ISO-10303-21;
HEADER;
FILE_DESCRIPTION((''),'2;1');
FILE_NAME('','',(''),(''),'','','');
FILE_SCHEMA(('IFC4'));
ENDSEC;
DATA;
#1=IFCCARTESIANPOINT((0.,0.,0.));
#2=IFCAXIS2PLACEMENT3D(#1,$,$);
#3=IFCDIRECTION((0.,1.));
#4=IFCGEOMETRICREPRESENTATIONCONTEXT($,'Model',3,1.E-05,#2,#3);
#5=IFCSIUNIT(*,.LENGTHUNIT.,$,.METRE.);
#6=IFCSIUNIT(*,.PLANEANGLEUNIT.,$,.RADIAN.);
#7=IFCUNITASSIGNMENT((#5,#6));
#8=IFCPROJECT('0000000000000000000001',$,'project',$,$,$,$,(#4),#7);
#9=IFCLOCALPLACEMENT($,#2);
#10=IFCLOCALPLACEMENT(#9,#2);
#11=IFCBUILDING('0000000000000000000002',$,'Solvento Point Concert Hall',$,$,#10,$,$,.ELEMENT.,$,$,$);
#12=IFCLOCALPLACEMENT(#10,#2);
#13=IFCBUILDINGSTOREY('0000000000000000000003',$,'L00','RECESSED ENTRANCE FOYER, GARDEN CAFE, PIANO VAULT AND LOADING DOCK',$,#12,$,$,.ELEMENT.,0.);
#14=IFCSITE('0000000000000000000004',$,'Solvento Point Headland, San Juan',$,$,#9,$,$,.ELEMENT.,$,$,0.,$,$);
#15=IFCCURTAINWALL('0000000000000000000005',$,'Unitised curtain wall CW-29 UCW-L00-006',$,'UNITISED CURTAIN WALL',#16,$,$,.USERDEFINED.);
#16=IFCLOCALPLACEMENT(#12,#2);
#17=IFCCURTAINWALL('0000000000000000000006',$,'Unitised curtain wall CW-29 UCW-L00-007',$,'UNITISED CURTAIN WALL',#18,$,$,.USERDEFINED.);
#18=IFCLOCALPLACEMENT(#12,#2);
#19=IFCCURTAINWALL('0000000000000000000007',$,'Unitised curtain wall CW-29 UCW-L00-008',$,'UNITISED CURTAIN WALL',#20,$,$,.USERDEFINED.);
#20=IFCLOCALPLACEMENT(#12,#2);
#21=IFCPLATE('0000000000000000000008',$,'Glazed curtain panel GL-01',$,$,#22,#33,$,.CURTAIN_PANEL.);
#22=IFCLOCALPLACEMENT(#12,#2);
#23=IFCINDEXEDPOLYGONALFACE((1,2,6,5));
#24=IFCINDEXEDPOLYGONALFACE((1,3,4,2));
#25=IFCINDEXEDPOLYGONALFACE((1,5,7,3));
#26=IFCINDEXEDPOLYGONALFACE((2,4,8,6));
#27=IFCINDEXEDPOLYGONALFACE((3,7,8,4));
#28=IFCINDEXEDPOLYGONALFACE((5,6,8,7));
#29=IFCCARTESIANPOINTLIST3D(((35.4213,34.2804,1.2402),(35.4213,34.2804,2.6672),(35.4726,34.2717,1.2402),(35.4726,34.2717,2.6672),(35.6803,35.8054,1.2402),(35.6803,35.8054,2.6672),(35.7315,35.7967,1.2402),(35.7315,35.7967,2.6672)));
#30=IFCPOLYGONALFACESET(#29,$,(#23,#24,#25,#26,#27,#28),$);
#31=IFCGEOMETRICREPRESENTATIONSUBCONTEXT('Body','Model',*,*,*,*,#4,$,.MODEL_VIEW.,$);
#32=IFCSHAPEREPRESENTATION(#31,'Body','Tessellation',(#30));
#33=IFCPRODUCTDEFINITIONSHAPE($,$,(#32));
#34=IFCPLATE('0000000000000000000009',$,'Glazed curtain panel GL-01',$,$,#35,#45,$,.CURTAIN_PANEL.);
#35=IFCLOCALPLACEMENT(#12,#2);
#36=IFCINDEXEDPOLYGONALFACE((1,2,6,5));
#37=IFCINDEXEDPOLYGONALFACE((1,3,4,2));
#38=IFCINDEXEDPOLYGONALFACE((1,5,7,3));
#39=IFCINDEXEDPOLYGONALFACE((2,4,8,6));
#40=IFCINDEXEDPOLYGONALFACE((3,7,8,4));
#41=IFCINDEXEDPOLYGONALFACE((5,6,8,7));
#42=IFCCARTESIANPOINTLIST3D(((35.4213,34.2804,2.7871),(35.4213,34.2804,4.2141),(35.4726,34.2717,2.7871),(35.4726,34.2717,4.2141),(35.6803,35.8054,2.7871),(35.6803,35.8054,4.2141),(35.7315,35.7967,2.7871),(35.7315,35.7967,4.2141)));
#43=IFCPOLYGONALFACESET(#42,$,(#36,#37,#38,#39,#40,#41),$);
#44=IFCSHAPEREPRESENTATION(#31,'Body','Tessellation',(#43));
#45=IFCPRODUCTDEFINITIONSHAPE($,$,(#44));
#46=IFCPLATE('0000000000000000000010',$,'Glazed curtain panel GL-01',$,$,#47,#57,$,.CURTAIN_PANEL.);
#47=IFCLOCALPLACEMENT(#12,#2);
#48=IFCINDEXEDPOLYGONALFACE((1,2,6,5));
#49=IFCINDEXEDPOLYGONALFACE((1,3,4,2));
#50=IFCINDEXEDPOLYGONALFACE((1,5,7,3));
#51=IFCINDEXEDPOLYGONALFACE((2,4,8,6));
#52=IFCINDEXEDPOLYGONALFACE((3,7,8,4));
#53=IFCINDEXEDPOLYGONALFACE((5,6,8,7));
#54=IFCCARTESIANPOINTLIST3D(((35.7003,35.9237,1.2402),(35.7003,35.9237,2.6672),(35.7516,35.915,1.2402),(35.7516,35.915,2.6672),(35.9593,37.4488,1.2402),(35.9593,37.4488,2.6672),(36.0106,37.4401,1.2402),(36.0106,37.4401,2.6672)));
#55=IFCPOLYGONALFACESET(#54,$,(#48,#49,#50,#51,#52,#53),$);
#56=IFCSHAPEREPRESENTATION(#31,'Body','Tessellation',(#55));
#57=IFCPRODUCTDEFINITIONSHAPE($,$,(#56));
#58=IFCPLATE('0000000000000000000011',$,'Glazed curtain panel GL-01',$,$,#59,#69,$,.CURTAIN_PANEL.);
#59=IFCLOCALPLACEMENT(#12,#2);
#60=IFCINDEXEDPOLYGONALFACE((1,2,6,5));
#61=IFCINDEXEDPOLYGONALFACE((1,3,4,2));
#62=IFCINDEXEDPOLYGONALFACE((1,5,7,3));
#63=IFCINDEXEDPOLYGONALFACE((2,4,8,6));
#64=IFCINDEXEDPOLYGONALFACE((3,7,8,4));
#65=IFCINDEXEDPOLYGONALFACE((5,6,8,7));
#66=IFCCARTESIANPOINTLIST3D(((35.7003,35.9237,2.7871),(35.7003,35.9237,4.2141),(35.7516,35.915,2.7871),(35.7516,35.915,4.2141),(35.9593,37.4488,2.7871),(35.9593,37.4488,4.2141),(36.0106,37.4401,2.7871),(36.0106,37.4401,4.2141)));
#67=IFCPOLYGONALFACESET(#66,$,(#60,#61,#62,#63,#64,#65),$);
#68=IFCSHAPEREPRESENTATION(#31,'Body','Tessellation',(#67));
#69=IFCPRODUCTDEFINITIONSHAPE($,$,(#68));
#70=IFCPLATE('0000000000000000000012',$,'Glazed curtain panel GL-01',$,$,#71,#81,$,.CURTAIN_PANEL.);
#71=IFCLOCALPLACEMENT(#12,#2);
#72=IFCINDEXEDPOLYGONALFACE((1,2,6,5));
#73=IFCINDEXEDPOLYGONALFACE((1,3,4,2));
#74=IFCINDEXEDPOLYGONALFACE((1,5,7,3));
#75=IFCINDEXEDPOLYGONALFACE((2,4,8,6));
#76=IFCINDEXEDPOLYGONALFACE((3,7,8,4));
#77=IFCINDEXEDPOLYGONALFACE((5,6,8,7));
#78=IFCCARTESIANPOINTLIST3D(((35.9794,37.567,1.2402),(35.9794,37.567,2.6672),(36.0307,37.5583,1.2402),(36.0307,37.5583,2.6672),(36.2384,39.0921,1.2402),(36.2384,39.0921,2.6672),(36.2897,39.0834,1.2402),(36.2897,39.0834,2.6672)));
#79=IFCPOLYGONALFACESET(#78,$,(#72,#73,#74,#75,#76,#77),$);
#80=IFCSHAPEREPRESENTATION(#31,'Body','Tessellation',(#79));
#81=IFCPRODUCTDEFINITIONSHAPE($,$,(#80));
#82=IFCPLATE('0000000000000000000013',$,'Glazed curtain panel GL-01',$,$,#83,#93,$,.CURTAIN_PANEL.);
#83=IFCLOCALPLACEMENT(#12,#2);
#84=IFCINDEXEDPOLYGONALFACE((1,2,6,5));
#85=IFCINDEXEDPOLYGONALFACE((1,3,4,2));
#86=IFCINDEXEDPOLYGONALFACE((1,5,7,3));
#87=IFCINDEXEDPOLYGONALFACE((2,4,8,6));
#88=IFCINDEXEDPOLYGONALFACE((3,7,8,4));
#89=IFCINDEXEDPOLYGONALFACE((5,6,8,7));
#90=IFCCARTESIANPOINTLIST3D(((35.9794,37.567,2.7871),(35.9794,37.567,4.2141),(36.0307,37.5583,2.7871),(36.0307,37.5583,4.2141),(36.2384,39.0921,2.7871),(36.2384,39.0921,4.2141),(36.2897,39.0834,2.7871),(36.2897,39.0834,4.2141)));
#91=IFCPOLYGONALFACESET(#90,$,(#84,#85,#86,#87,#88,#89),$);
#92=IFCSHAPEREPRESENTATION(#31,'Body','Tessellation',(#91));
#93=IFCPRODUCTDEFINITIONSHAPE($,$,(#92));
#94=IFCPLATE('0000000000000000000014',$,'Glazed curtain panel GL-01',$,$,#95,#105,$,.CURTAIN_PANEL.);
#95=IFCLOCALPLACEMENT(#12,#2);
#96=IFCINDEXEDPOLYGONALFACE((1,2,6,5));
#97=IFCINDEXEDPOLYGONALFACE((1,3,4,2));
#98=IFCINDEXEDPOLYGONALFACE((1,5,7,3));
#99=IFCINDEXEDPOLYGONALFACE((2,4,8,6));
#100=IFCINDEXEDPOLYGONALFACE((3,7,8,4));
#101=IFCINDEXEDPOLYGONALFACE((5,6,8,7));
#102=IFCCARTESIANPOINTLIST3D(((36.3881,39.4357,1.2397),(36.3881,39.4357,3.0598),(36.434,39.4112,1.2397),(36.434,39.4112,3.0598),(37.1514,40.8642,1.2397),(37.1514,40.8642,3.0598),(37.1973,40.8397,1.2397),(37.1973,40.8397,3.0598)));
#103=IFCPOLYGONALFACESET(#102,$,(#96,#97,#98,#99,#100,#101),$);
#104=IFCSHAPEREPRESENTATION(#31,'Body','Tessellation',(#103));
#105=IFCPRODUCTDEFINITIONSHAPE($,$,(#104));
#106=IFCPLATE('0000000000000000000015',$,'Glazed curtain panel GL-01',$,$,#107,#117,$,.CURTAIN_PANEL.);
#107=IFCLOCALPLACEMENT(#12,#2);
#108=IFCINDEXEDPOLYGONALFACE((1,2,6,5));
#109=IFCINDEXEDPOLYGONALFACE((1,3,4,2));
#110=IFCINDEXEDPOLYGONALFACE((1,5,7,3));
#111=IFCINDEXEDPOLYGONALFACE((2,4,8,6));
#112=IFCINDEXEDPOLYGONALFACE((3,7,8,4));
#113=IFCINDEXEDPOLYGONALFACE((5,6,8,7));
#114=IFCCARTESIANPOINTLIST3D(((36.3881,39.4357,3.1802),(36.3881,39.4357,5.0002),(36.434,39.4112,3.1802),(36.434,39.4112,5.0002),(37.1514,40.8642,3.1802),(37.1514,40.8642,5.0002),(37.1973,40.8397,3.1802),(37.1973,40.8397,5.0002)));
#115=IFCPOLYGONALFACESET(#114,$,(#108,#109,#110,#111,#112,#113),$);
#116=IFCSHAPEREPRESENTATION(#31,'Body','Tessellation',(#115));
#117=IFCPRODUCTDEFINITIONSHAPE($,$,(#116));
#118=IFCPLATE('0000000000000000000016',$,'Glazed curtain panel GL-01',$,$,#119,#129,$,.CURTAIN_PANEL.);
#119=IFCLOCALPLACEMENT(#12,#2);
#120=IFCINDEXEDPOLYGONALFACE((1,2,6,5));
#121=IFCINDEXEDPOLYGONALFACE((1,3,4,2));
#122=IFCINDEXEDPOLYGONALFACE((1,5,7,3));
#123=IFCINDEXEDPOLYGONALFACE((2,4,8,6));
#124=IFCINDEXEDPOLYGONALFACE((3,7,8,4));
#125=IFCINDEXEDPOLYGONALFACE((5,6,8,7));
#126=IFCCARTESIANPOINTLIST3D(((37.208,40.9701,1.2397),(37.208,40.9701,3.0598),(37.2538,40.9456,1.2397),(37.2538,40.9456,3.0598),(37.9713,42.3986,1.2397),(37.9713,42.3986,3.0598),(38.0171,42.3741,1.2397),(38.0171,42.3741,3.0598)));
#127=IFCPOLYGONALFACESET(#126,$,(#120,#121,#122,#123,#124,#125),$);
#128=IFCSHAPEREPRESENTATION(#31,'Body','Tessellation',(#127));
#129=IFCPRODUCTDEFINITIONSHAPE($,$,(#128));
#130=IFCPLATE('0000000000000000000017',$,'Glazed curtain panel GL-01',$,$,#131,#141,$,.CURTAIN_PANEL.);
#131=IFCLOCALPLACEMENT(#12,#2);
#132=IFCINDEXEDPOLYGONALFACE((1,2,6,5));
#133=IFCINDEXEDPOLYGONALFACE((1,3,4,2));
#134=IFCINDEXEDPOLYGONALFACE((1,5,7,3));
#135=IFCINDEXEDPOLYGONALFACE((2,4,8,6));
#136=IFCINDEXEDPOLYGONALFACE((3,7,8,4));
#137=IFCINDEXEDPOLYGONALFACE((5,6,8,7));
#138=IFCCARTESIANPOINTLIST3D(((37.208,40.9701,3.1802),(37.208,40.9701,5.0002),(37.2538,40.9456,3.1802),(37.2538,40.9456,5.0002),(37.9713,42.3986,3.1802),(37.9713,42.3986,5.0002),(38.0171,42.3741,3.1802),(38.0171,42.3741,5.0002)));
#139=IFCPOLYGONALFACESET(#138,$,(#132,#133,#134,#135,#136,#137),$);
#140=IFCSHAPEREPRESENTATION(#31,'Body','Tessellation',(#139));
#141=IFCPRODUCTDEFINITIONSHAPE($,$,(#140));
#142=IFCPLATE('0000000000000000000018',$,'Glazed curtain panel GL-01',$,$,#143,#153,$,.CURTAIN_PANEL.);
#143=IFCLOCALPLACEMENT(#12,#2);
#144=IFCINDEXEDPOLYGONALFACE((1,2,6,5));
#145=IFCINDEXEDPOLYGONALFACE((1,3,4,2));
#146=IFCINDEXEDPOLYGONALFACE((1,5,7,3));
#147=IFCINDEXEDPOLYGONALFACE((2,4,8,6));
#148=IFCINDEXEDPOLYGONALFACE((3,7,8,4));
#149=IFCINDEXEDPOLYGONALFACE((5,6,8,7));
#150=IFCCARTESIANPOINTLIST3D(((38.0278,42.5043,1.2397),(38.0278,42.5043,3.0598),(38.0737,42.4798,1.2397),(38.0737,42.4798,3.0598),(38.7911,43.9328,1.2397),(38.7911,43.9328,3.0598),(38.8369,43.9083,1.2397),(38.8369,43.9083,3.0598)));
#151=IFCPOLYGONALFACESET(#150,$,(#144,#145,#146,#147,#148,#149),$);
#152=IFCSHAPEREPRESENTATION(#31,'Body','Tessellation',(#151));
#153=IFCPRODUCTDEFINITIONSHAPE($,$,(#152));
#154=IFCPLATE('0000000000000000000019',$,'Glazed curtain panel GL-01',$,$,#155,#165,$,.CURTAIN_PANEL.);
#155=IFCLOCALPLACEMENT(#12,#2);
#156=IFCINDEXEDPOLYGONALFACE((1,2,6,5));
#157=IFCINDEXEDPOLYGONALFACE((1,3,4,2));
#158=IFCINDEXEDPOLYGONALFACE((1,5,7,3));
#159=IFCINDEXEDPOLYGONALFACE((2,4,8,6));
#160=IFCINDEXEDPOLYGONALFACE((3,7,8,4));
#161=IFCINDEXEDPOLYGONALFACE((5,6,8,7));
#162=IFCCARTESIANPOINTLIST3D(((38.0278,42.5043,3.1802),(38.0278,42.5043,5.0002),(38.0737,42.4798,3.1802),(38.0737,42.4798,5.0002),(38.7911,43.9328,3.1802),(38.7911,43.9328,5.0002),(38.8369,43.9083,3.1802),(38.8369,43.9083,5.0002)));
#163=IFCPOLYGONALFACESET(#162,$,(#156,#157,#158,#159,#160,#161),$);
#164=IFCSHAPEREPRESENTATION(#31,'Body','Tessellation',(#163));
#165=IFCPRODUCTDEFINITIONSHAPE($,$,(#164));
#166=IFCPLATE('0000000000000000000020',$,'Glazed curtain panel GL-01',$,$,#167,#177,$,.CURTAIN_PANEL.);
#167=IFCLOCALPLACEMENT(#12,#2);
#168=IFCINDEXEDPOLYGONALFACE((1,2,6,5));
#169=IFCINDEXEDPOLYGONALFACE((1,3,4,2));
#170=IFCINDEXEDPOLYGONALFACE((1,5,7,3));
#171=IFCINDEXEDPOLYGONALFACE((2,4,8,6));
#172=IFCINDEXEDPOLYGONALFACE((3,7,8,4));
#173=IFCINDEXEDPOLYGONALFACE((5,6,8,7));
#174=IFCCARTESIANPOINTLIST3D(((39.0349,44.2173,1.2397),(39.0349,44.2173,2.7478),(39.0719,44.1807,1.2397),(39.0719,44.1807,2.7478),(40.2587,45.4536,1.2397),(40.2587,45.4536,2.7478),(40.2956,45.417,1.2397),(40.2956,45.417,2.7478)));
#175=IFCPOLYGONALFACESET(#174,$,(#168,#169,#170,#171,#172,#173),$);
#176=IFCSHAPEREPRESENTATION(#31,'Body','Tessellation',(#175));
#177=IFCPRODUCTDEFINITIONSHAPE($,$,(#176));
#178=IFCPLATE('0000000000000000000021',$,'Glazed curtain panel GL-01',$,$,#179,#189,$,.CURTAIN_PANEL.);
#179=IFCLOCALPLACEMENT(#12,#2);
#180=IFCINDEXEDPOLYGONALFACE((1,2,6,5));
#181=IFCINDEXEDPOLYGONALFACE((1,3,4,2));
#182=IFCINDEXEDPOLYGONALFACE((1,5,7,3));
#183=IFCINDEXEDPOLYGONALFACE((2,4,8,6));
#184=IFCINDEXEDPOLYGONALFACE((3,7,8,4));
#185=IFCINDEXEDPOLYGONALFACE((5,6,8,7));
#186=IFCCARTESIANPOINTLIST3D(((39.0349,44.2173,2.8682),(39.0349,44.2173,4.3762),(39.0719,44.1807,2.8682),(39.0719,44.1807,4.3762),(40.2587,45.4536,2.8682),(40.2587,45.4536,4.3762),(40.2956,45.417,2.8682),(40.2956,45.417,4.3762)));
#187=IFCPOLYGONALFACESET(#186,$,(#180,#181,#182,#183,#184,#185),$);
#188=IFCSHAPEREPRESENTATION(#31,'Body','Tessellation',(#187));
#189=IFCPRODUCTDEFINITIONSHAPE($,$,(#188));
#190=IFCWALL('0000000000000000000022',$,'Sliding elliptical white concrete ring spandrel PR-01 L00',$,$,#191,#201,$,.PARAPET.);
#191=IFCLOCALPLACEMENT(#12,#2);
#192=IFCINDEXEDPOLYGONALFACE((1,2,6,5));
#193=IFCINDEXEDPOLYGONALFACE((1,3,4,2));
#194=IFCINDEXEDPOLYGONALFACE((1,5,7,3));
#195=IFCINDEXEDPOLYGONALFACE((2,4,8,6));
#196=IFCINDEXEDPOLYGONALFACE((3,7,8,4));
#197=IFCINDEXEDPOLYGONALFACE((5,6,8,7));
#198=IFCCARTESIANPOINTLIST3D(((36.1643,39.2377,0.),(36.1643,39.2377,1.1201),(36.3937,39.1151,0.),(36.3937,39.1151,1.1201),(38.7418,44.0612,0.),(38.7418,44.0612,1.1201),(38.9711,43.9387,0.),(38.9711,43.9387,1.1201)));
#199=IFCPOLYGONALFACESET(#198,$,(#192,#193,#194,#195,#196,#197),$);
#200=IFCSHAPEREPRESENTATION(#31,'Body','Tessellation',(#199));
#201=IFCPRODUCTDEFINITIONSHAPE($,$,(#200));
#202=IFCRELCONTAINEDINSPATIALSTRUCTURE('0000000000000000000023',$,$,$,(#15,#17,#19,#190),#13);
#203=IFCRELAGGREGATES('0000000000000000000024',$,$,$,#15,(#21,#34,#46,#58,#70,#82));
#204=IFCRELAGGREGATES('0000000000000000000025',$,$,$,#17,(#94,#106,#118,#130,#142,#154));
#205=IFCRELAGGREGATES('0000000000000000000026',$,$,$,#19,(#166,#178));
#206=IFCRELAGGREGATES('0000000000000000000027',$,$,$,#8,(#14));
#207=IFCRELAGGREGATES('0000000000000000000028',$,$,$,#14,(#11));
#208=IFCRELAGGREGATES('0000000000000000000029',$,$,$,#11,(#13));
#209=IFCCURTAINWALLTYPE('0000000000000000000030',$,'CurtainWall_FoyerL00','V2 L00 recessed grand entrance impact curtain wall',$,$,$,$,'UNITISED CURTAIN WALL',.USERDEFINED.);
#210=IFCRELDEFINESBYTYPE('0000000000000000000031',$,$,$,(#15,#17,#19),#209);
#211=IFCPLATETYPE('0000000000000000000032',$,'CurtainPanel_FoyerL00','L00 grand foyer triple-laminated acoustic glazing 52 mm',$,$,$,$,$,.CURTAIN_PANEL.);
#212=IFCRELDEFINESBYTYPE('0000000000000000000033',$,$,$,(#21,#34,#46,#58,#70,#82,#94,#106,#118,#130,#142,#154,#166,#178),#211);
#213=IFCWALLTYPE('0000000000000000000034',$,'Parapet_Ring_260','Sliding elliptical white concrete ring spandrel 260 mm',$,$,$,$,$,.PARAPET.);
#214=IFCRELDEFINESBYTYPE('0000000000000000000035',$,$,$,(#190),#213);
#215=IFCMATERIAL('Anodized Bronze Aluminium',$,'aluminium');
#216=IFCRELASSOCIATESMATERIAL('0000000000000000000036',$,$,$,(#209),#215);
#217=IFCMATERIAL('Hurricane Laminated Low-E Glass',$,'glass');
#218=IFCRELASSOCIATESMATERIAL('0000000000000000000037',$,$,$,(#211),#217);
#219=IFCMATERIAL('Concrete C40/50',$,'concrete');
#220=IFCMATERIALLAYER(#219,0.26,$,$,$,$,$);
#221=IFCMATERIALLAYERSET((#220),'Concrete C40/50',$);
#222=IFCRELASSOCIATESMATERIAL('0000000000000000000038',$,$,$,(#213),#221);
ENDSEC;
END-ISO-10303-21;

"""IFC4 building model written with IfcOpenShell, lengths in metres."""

from ifc_helpers import new_model, si_unit, direction, frame, frame_2d, origin, origin_2d, place, context, subcontext, project, spatial, rectangle, extrude, material, layer, layer_set, type_object, element, aggregate, save


model = new_model("IFC4")

# Units and contexts
model_context = context("Model", 3, precision=1e-05, world=origin(), true_north=direction((0.0, 1.0)))
body_context = subcontext(model_context, "Body", "Model", "MODEL_VIEW")
ifc_project = project(units=[si_unit("LENGTHUNIT", "METRE"), si_unit("PLANEANGLEUNIT", "RADIAN")], contexts=[model_context])

# Site, building, storey
site_placement = place(None, origin())
site = spatial("IfcSite", under=ifc_project, at=site_placement, Name="Solvento Point Headland, San Juan", CompositionType="ELEMENT", RefElevation=0.0)
building_placement = place(site_placement, origin())
building = spatial("IfcBuilding", under=site, at=building_placement, Name="Solvento Point Concert Hall", CompositionType="ELEMENT")
storey_placement = place(building_placement, origin())
storey = spatial("IfcBuildingStorey", under=building, at=storey_placement, Name="L00", Description="RECESSED ENTRANCE FOYER, GARDEN CAFE, PIANO VAULT AND LOADING DOCK", CompositionType="ELEMENT", Elevation=0.0)

# Curtain walls
ifc_material_1 = material(Name="Anodized Bronze Aluminium", Category="aluminium")
curtain_wall_type = type_object("IfcCurtainWallType", Name="CurtainWall_FoyerL00", Description="V2 L00 recessed grand entrance impact curtain wall", ElementType="UNITISED CURTAIN WALL", PredefinedType="USERDEFINED", material=ifc_material_1)
curtain_wall_1_placement = place(storey_placement, origin())
curtain_wall_1 = element("IfcCurtainWall", 1, at=curtain_wall_1_placement, inside=storey, type_object=curtain_wall_type, Name="Unitised curtain wall CW-29 UCW-L00-006", ObjectType="UNITISED CURTAIN WALL", PredefinedType="USERDEFINED")
curtain_wall_2_placement = place(storey_placement, origin())
curtain_wall_2 = element("IfcCurtainWall", 2, at=curtain_wall_2_placement, inside=storey, type_object=curtain_wall_type, Name="Unitised curtain wall CW-29 UCW-L00-007", ObjectType="UNITISED CURTAIN WALL", PredefinedType="USERDEFINED")
curtain_wall_3_placement = place(storey_placement, origin())
curtain_wall_3 = element("IfcCurtainWall", 3, at=curtain_wall_3_placement, inside=storey, type_object=curtain_wall_type, Name="Unitised curtain wall CW-29 UCW-L00-008", ObjectType="UNITISED CURTAIN WALL", PredefinedType="USERDEFINED")

# Plates
ifc_material_2 = material(Name="Hurricane Laminated Low-E Glass", Category="glass")
plate_type = type_object("IfcPlateType", Name="CurtainPanel_FoyerL00", Description="L00 grand foyer triple-laminated acoustic glazing 52 mm", PredefinedType="CURTAIN_PANEL", material=ifc_material_2)
plate_1_placement = place(storey_placement, frame((35.5764, 35.0386, 1.2402), z_axis=(0.0, 0.0, 1.0), x_axis=(0.167431, 0.985884, 0.0)))
plate_1 = element("IfcPlate", 4, at=plate_1_placement, type_object=plate_type, Name="Glazed curtain panel GL-01", PredefinedType="CURTAIN_PANEL", context=body_context, shape_type="SweptSolid", body=[
    extrude(rectangle(XDim=1.5469, YDim=0.052, at=origin_2d()), origin(), (0.0, 0.0, 1.0), 1.427),
])
plate_2_placement = place(storey_placement, frame((35.5764, 35.0386, 2.7871), z_axis=(0.0, 0.0, 1.0), x_axis=(0.167431, 0.985884, 0.0)))
plate_2 = element("IfcPlate", 5, at=plate_2_placement, type_object=plate_type, Name="Glazed curtain panel GL-01", PredefinedType="CURTAIN_PANEL", context=body_context, shape_type="SweptSolid", body=[
    extrude(rectangle(XDim=1.5469, YDim=0.052, at=origin_2d()), origin(), (0.0, 0.0, 1.0), 1.427),
])
plate_3_placement = place(storey_placement, frame((35.8555, 36.6819, 1.2402), z_axis=(0.0, 0.0, 1.0), x_axis=(0.167431, 0.985884, 0.0)))
plate_3 = element("IfcPlate", 6, at=plate_3_placement, type_object=plate_type, Name="Glazed curtain panel GL-01", PredefinedType="CURTAIN_PANEL", context=body_context, shape_type="SweptSolid", body=[
    extrude(rectangle(XDim=1.5469, YDim=0.052, at=origin_2d()), origin(), (0.0, 0.0, 1.0), 1.427),
])
plate_4_placement = place(storey_placement, frame((35.8555, 36.6819, 2.7871), z_axis=(0.0, 0.0, 1.0), x_axis=(0.167431, 0.985884, 0.0)))
plate_4 = element("IfcPlate", 7, at=plate_4_placement, type_object=plate_type, Name="Glazed curtain panel GL-01", PredefinedType="CURTAIN_PANEL", context=body_context, shape_type="SweptSolid", body=[
    extrude(rectangle(XDim=1.5469, YDim=0.052, at=origin_2d()), origin(), (0.0, 0.0, 1.0), 1.427),
])
plate_5_placement = place(storey_placement, frame((36.1345, 38.3252, 1.2402), z_axis=(0.0, 0.0, 1.0), x_axis=(0.167431, 0.985884, 0.0)))
plate_5 = element("IfcPlate", 8, at=plate_5_placement, type_object=plate_type, Name="Glazed curtain panel GL-01", PredefinedType="CURTAIN_PANEL", context=body_context, shape_type="SweptSolid", body=[
    extrude(rectangle(XDim=1.5469, YDim=0.052, at=origin_2d()), origin(), (0.0, 0.0, 1.0), 1.427),
])
plate_6_placement = place(storey_placement, frame((36.1345, 38.3252, 2.7871), z_axis=(0.0, 0.0, 1.0), x_axis=(0.167431, 0.985884, 0.0)))
plate_6 = element("IfcPlate", 9, at=plate_6_placement, type_object=plate_type, Name="Glazed curtain panel GL-01", PredefinedType="CURTAIN_PANEL", context=body_context, shape_type="SweptSolid", body=[
    extrude(rectangle(XDim=1.5469, YDim=0.052, at=origin_2d()), origin(), (0.0, 0.0, 1.0), 1.427),
])
aggregate(curtain_wall_1, [plate_1, plate_2, plate_3, plate_4, plate_5, plate_6])
plate_7_placement = place(storey_placement, frame((36.7927, 40.1377, 1.2397), z_axis=(0.0, 0.0, 1.0), x_axis=(0.471274, 0.881987, 0.0)))
plate_7 = element("IfcPlate", 10, at=plate_7_placement, type_object=plate_type, Name="Glazed curtain panel GL-01", PredefinedType="CURTAIN_PANEL", context=body_context, shape_type="SweptSolid", body=[
    extrude(rectangle(XDim=1.6196, YDim=0.052, at=origin_2d()), origin(), (0.0, 0.0, 1.0), 1.8201),
])
plate_8_placement = place(storey_placement, frame((36.7927, 40.1377, 3.1802), z_axis=(0.0, 0.0, 1.0), x_axis=(0.471274, 0.881987, 0.0)))
plate_8 = element("IfcPlate", 11, at=plate_8_placement, type_object=plate_type, Name="Glazed curtain panel GL-01", PredefinedType="CURTAIN_PANEL", context=body_context, shape_type="SweptSolid", body=[
    extrude(rectangle(XDim=1.6196, YDim=0.052, at=origin_2d()), origin(), (0.0, 0.0, 1.0), 1.8201),
])
plate_9_placement = place(storey_placement, frame((37.6125, 41.6721, 1.2397), z_axis=(0.0, 0.0, 1.0), x_axis=(0.471274, 0.881987, 0.0)))
plate_9 = element("IfcPlate", 12, at=plate_9_placement, type_object=plate_type, Name="Glazed curtain panel GL-01", PredefinedType="CURTAIN_PANEL", context=body_context, shape_type="SweptSolid", body=[
    extrude(rectangle(XDim=1.6196, YDim=0.052, at=origin_2d()), origin(), (0.0, 0.0, 1.0), 1.8201),
])
plate_10_placement = place(storey_placement, frame((37.6125, 41.6721, 3.1802), z_axis=(0.0, 0.0, 1.0), x_axis=(0.471274, 0.881987, 0.0)))
plate_10 = element("IfcPlate", 13, at=plate_10_placement, type_object=plate_type, Name="Glazed curtain panel GL-01", PredefinedType="CURTAIN_PANEL", context=body_context, shape_type="SweptSolid", body=[
    extrude(rectangle(XDim=1.6196, YDim=0.052, at=origin_2d()), origin(), (0.0, 0.0, 1.0), 1.8201),
])
plate_11_placement = place(storey_placement, frame((38.4324, 43.2063, 1.2397), z_axis=(0.0, 0.0, 1.0), x_axis=(0.471274, 0.881987, 0.0)))
plate_11 = element("IfcPlate", 14, at=plate_11_placement, type_object=plate_type, Name="Glazed curtain panel GL-01", PredefinedType="CURTAIN_PANEL", context=body_context, shape_type="SweptSolid", body=[
    extrude(rectangle(XDim=1.6196, YDim=0.052, at=origin_2d()), origin(), (0.0, 0.0, 1.0), 1.8201),
])
plate_12_placement = place(storey_placement, frame((38.4324, 43.2063, 3.1802), z_axis=(0.0, 0.0, 1.0), x_axis=(0.471274, 0.881987, 0.0)))
plate_12 = element("IfcPlate", 15, at=plate_12_placement, type_object=plate_type, Name="Glazed curtain panel GL-01", PredefinedType="CURTAIN_PANEL", context=body_context, shape_type="SweptSolid", body=[
    extrude(rectangle(XDim=1.6196, YDim=0.052, at=origin_2d()), origin(), (0.0, 0.0, 1.0), 1.8201),
])
aggregate(curtain_wall_2, [plate_7, plate_8, plate_9, plate_10, plate_11, plate_12])
plate_13_placement = place(storey_placement, frame((39.6653, 44.8171, 1.2397), z_axis=(0.0, 0.0, 1.0), x_axis=(0.703494, 0.710701, 0.0)))
plate_13 = element("IfcPlate", 16, at=plate_13_placement, type_object=plate_type, Name="Glazed curtain panel GL-01", PredefinedType="CURTAIN_PANEL", context=body_context, shape_type="SweptSolid", body=[
    extrude(rectangle(XDim=1.7395, YDim=0.052, at=origin_2d()), origin(), (0.0, 0.0, 1.0), 1.5081),
])
plate_14_placement = place(storey_placement, frame((39.6653, 44.8171, 2.8682), z_axis=(0.0, 0.0, 1.0), x_axis=(0.703494, 0.710701, 0.0)))
plate_14 = element("IfcPlate", 17, at=plate_14_placement, type_object=plate_type, Name="Glazed curtain panel GL-01", PredefinedType="CURTAIN_PANEL", context=body_context, shape_type="SweptSolid", body=[
    extrude(rectangle(XDim=1.7395, YDim=0.052, at=origin_2d()), origin(), (0.0, 0.0, 1.0), 1.5081),
])
aggregate(curtain_wall_3, [plate_13, plate_14])

# Wall
ifc_material_3 = material(Name="Concrete C40/50", Category="concrete")
ifc_layer = layer(ifc_material_3, 0.26)
ifc_layer_set = layer_set([ifc_layer], Name="Concrete C40/50")
wall_type = type_object("IfcWallType", Name="Parapet_Ring_260", Description="Sliding elliptical white concrete ring spandrel 260 mm", PredefinedType="PARAPET", material=ifc_layer_set)
wall_1_placement = place(storey_placement, frame((36.2791, 39.1765, 0.0), z_axis=(0.0, 0.0, 1.0), x_axis=(0.471281, 0.881983, 0.0)))
element("IfcWall", 18, at=wall_1_placement, inside=storey, type_object=wall_type, Name="Sliding elliptical white concrete ring spandrel PR-01 L00", PredefinedType="PARAPET", context=body_context, shape_type="SweptSolid", body=[
    extrude(rectangle(XDim=5.469, YDim=0.26, at=frame_2d((2.7344, 0.0))), origin(), (0.0, 0.0, 1.0), 1.1201),
])

save(model, "model.ifc")
